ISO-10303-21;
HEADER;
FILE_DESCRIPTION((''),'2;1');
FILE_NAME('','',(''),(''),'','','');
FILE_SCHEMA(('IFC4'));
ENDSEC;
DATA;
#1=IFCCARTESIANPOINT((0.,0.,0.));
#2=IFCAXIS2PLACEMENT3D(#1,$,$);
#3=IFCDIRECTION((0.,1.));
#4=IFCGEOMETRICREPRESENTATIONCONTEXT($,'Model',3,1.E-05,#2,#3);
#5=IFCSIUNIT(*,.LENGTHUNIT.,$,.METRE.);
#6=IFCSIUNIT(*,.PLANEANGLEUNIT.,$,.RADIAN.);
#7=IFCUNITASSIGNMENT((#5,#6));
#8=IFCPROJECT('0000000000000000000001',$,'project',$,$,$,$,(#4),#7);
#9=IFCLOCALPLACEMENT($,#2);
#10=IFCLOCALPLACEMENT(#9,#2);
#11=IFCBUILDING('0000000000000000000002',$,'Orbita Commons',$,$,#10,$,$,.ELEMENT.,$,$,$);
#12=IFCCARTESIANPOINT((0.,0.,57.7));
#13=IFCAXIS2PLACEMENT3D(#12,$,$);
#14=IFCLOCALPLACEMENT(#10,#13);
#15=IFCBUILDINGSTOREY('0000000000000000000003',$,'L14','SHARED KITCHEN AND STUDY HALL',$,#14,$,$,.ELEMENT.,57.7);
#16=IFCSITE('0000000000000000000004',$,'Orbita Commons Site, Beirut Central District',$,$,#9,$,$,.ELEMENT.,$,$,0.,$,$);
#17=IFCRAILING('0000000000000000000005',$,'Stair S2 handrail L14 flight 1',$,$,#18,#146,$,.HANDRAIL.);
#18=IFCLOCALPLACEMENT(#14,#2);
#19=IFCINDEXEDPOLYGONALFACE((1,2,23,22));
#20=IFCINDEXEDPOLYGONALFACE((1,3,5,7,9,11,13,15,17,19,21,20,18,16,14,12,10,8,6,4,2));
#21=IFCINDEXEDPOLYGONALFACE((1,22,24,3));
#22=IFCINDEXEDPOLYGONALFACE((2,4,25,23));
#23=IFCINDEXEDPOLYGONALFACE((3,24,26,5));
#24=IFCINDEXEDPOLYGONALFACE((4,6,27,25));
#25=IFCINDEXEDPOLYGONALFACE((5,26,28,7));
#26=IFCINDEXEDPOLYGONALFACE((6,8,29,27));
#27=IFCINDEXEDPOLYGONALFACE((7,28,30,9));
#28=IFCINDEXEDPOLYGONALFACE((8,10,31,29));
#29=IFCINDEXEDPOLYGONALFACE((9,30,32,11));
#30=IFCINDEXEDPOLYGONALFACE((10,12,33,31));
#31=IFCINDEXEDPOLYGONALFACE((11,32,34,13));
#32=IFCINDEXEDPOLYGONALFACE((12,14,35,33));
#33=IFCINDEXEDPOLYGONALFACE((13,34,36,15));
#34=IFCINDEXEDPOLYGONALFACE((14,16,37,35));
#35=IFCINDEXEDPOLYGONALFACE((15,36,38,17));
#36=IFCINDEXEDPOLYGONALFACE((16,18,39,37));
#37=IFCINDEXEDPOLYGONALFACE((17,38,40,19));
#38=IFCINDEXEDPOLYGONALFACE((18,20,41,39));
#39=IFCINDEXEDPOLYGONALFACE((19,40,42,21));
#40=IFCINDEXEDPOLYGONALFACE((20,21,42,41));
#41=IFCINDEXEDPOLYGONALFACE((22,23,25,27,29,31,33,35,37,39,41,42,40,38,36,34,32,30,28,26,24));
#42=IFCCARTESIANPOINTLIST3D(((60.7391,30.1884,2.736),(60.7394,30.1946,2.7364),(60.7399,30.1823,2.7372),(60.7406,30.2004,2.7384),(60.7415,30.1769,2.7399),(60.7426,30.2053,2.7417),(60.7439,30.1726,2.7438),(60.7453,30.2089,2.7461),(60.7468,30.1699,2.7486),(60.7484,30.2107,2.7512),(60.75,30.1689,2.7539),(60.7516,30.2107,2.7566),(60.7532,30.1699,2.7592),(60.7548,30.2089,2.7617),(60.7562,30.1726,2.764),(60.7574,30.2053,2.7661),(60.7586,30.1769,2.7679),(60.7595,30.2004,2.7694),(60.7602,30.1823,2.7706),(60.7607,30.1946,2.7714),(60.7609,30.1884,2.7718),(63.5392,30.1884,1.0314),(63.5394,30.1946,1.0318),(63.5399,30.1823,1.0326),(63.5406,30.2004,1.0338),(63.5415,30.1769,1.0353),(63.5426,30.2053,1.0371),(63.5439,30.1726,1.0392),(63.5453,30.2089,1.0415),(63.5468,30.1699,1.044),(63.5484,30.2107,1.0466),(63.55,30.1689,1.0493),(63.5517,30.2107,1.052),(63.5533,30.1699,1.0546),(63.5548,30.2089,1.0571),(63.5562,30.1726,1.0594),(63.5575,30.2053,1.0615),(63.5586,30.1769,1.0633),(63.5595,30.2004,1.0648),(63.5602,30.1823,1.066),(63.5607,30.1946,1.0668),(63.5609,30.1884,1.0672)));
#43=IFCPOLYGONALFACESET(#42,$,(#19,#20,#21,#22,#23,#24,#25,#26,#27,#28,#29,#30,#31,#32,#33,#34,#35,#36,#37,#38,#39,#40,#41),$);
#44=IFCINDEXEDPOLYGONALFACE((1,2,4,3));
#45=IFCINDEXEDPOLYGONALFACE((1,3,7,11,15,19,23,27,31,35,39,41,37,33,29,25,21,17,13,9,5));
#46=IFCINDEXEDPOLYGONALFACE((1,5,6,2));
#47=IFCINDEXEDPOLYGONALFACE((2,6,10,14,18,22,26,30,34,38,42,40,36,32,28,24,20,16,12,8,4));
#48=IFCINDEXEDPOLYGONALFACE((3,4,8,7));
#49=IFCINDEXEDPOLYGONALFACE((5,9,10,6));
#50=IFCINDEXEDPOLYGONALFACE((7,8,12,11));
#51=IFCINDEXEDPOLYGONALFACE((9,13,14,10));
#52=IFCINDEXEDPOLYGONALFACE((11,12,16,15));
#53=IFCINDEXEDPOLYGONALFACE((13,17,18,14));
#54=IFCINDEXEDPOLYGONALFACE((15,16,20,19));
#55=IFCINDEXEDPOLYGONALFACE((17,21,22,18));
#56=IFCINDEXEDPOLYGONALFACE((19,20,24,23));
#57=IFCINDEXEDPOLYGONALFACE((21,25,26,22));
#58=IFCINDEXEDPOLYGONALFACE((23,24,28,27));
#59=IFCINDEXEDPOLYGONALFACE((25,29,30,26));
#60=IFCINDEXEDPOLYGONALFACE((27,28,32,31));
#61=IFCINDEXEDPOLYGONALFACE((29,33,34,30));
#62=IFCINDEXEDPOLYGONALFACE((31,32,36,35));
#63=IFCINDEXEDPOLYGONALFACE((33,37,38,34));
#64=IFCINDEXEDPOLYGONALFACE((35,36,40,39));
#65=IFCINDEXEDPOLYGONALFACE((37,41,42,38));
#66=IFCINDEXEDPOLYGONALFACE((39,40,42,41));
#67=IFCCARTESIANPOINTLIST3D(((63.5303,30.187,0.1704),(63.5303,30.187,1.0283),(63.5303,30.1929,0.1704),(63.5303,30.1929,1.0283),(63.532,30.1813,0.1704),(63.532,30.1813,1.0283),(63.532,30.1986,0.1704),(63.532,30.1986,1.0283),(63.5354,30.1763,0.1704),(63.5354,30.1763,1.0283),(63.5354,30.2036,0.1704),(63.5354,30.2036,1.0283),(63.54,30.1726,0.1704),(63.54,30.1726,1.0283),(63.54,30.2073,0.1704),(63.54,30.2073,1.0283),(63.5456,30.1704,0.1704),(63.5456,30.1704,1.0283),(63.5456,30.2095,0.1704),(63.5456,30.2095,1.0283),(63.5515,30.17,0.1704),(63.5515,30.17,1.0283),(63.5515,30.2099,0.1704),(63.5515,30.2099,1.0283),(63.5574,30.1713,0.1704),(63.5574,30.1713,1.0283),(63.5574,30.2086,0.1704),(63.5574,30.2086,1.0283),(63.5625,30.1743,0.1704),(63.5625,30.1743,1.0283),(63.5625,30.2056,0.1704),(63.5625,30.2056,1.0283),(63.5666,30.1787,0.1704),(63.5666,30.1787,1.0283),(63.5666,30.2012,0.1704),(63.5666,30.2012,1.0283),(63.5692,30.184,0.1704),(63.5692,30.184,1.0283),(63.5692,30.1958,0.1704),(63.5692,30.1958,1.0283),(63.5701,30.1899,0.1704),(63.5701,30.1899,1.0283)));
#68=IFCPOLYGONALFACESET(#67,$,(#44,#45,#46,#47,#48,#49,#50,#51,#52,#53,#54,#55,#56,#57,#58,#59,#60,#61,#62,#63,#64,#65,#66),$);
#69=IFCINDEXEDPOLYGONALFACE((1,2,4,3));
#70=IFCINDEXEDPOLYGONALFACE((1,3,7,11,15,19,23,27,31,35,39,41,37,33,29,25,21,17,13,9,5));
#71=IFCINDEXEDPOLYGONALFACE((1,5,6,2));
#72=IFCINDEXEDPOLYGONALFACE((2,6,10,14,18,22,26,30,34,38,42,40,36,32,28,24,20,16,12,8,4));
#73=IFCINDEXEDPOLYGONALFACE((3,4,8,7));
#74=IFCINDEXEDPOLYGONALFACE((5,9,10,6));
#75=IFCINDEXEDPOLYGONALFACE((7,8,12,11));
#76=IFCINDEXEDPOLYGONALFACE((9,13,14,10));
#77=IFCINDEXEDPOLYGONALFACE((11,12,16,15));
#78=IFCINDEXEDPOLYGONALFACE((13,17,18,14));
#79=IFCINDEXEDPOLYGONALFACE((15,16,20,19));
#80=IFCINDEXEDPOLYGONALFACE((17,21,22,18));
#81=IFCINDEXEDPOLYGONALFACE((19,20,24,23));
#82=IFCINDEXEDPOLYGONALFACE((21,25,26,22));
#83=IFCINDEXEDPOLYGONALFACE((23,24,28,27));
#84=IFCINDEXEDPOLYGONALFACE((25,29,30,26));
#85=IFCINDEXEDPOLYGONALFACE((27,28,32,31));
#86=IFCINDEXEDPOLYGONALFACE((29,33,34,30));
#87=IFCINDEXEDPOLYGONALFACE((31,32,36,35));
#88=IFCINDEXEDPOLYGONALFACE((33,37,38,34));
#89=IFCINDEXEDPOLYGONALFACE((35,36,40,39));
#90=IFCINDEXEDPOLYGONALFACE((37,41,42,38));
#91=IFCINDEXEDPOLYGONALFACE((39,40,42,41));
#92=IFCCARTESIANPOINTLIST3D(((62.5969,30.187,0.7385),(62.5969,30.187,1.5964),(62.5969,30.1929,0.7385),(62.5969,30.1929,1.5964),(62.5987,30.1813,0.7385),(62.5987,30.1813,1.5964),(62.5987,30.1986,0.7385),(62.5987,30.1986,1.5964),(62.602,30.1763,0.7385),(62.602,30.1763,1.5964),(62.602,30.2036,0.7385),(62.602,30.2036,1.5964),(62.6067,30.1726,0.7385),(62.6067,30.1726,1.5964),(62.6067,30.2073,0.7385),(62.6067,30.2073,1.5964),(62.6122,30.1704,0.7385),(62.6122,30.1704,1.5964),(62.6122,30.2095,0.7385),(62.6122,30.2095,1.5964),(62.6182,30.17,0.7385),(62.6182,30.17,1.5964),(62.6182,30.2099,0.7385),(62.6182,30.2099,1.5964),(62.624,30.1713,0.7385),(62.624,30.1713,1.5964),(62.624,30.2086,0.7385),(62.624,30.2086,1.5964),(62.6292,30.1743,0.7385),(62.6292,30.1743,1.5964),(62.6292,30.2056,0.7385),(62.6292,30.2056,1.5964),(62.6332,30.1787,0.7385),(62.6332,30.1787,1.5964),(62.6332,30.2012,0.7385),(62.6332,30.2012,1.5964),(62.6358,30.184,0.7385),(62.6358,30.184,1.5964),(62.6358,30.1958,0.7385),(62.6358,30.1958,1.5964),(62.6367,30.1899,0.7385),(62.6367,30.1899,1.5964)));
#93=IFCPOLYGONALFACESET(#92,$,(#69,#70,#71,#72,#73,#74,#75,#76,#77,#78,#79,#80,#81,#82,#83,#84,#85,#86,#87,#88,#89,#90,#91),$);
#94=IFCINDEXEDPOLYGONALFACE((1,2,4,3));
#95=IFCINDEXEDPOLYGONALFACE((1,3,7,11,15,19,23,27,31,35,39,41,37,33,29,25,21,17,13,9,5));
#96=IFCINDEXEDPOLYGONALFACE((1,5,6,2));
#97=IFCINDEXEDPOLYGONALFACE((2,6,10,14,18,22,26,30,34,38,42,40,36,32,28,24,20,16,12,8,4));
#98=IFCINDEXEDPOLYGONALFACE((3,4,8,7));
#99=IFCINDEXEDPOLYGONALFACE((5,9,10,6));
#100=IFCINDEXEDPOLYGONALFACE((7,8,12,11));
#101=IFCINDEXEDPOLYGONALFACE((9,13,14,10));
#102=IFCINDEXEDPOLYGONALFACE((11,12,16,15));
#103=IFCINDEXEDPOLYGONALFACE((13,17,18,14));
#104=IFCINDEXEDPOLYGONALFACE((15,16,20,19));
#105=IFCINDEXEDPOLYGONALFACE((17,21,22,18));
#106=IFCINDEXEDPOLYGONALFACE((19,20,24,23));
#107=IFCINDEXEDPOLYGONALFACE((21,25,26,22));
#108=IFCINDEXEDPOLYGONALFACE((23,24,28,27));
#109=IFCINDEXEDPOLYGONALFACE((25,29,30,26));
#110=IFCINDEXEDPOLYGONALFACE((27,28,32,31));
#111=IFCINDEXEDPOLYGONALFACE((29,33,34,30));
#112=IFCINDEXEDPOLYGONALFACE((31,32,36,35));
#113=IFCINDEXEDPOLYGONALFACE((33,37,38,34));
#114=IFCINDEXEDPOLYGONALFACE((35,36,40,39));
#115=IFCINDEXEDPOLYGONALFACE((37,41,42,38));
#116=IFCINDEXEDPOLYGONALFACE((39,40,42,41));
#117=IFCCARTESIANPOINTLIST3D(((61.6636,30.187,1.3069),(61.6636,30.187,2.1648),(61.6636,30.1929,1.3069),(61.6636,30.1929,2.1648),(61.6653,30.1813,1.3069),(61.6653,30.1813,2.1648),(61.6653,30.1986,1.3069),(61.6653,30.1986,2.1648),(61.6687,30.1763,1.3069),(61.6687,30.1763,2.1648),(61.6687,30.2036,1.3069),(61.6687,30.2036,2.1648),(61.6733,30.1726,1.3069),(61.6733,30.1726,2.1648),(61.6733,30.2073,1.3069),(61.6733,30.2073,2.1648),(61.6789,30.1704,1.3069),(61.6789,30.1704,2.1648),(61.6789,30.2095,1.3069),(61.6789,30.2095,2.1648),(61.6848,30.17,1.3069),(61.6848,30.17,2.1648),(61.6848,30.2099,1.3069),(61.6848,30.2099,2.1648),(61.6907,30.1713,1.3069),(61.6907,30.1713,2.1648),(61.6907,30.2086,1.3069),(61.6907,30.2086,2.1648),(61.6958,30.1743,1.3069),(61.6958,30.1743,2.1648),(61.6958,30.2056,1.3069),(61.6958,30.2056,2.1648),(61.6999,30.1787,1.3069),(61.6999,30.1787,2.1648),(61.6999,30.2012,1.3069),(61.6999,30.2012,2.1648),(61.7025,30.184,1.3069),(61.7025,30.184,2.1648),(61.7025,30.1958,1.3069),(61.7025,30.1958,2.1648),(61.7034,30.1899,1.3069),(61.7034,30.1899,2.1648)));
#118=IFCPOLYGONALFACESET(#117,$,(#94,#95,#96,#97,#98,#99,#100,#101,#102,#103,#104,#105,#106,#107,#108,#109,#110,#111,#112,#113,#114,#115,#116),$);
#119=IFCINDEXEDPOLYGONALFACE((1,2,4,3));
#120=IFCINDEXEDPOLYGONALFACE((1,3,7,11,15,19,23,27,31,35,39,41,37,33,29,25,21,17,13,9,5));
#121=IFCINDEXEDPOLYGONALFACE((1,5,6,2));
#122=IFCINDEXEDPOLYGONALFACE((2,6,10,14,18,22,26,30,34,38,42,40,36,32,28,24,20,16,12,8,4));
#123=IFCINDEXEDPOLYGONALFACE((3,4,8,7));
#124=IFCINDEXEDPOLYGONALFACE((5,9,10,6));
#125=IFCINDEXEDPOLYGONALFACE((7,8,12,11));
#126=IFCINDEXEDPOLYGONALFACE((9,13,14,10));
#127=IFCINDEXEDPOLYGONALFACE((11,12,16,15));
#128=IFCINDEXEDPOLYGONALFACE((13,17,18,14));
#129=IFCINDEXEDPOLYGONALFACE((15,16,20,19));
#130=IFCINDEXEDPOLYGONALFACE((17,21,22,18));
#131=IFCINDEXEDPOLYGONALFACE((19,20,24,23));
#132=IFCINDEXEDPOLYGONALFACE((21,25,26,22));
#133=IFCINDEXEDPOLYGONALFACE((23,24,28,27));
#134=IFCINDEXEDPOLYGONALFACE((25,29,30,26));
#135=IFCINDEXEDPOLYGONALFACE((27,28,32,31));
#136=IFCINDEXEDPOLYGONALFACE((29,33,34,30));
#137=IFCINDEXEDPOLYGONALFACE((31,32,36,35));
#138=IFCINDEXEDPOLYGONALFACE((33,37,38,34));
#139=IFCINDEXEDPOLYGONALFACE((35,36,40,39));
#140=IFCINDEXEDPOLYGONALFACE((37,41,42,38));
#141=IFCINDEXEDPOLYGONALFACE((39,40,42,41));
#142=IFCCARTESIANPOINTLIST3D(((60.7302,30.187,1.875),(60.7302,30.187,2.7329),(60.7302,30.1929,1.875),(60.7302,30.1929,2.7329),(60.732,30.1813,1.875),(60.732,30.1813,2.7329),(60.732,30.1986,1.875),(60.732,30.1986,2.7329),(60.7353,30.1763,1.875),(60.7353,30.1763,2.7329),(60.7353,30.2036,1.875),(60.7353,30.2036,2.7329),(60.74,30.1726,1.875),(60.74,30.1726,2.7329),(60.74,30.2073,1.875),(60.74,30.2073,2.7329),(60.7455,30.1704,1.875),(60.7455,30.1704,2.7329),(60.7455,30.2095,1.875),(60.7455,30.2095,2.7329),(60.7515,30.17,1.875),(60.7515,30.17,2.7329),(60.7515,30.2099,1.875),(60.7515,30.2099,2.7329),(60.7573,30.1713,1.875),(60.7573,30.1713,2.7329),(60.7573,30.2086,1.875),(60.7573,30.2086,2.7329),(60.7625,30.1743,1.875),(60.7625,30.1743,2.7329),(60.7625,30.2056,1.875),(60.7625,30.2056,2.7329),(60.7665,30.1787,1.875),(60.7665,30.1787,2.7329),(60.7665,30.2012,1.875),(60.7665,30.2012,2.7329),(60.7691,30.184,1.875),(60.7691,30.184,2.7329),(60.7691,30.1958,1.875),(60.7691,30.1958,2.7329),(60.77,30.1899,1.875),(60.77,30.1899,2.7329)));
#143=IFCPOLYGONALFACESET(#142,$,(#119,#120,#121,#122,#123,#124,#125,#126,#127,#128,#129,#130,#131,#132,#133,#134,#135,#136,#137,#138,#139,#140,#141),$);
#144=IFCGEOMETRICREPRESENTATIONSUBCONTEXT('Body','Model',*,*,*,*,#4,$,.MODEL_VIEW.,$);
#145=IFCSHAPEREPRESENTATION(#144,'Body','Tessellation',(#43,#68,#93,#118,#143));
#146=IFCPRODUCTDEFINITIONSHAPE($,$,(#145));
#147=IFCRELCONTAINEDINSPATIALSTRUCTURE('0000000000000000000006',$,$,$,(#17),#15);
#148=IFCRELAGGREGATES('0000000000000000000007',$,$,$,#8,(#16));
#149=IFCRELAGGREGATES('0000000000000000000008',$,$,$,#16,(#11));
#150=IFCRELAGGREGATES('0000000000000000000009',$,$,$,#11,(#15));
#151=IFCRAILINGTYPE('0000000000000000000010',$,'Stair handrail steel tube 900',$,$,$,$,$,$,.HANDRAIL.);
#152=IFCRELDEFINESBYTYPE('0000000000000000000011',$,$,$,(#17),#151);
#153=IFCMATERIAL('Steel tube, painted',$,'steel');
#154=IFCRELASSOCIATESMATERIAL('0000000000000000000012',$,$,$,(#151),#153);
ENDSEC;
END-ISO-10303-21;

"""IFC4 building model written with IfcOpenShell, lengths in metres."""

from ifc_helpers import new_model, si_unit, direction, frame, origin, origin_2d, place, context, subcontext, project, spatial, circle, extrude, material, type_object, element, save


model = new_model("IFC4")

# Units and contexts
model_context = context("Model", 3, precision=1e-05, world=origin(), true_north=direction((0.0, 1.0)))
body_context = subcontext(model_context, "Body", "Model", "MODEL_VIEW")
ifc_project = project(units=[si_unit("LENGTHUNIT", "METRE"), si_unit("PLANEANGLEUNIT", "RADIAN")], contexts=[model_context])

# Site, building, storey
site_placement = place(None, origin())
site = spatial("IfcSite", under=ifc_project, at=site_placement, Name="Orbita Commons Site, Beirut Central District", CompositionType="ELEMENT", RefElevation=0.0)
building_placement = place(site_placement, origin())
building = spatial("IfcBuilding", under=site, at=building_placement, Name="Orbita Commons", CompositionType="ELEMENT")
storey_placement = place(building_placement, frame((0.0, 0.0, 57.7)))
storey = spatial("IfcBuildingStorey", under=building, at=storey_placement, Name="L14", Description="SHARED KITCHEN AND STUDY HALL", CompositionType="ELEMENT", Elevation=57.7)

# Railing
ifc_material_1 = material(Name="Steel tube, painted", Category="steel")
railing_type = type_object("IfcRailingType", Name="Stair handrail steel tube 900", PredefinedType="HANDRAIL", material=ifc_material_1)
for number, where, name in (
    (1, (63.55, 30.1899, 0.1704), "Stair S2 handrail L14 flight 1"),
):
    element("IfcRailing", number, at=place(storey_placement, frame(where)), inside=storey, type_object=railing_type, Name=name, PredefinedType="HANDRAIL", context=body_context, shape_type="SweptSolid", body=[
        extrude(circle(Radius=0.021, at=origin_2d()), frame((0.0, 0.0, 0.8789), z_axis=(-0.85417, 0.0, 0.519994), x_axis=(0.0, -1.0, 0.0)), (0.0, 0.0, 1.0), 3.2781),
        extrude(circle(Radius=0.02, at=origin_2d()), origin(), (0.0, 0.0, 1.0), 0.8579),
        extrude(circle(Radius=0.02, at=origin_2d()), frame((-0.9333, 0.0, 0.5681)), (0.0, 0.0, 1.0), 0.8579),
        extrude(circle(Radius=0.02, at=origin_2d()), frame((-1.8667, 0.0, 1.1365)), (0.0, 0.0, 1.0), 0.8579),
        extrude(circle(Radius=0.02, at=origin_2d()), frame((-2.8, 0.0, 1.7046)), (0.0, 0.0, 1.0), 0.8579),
    ])

save(model, "model.ifc")
